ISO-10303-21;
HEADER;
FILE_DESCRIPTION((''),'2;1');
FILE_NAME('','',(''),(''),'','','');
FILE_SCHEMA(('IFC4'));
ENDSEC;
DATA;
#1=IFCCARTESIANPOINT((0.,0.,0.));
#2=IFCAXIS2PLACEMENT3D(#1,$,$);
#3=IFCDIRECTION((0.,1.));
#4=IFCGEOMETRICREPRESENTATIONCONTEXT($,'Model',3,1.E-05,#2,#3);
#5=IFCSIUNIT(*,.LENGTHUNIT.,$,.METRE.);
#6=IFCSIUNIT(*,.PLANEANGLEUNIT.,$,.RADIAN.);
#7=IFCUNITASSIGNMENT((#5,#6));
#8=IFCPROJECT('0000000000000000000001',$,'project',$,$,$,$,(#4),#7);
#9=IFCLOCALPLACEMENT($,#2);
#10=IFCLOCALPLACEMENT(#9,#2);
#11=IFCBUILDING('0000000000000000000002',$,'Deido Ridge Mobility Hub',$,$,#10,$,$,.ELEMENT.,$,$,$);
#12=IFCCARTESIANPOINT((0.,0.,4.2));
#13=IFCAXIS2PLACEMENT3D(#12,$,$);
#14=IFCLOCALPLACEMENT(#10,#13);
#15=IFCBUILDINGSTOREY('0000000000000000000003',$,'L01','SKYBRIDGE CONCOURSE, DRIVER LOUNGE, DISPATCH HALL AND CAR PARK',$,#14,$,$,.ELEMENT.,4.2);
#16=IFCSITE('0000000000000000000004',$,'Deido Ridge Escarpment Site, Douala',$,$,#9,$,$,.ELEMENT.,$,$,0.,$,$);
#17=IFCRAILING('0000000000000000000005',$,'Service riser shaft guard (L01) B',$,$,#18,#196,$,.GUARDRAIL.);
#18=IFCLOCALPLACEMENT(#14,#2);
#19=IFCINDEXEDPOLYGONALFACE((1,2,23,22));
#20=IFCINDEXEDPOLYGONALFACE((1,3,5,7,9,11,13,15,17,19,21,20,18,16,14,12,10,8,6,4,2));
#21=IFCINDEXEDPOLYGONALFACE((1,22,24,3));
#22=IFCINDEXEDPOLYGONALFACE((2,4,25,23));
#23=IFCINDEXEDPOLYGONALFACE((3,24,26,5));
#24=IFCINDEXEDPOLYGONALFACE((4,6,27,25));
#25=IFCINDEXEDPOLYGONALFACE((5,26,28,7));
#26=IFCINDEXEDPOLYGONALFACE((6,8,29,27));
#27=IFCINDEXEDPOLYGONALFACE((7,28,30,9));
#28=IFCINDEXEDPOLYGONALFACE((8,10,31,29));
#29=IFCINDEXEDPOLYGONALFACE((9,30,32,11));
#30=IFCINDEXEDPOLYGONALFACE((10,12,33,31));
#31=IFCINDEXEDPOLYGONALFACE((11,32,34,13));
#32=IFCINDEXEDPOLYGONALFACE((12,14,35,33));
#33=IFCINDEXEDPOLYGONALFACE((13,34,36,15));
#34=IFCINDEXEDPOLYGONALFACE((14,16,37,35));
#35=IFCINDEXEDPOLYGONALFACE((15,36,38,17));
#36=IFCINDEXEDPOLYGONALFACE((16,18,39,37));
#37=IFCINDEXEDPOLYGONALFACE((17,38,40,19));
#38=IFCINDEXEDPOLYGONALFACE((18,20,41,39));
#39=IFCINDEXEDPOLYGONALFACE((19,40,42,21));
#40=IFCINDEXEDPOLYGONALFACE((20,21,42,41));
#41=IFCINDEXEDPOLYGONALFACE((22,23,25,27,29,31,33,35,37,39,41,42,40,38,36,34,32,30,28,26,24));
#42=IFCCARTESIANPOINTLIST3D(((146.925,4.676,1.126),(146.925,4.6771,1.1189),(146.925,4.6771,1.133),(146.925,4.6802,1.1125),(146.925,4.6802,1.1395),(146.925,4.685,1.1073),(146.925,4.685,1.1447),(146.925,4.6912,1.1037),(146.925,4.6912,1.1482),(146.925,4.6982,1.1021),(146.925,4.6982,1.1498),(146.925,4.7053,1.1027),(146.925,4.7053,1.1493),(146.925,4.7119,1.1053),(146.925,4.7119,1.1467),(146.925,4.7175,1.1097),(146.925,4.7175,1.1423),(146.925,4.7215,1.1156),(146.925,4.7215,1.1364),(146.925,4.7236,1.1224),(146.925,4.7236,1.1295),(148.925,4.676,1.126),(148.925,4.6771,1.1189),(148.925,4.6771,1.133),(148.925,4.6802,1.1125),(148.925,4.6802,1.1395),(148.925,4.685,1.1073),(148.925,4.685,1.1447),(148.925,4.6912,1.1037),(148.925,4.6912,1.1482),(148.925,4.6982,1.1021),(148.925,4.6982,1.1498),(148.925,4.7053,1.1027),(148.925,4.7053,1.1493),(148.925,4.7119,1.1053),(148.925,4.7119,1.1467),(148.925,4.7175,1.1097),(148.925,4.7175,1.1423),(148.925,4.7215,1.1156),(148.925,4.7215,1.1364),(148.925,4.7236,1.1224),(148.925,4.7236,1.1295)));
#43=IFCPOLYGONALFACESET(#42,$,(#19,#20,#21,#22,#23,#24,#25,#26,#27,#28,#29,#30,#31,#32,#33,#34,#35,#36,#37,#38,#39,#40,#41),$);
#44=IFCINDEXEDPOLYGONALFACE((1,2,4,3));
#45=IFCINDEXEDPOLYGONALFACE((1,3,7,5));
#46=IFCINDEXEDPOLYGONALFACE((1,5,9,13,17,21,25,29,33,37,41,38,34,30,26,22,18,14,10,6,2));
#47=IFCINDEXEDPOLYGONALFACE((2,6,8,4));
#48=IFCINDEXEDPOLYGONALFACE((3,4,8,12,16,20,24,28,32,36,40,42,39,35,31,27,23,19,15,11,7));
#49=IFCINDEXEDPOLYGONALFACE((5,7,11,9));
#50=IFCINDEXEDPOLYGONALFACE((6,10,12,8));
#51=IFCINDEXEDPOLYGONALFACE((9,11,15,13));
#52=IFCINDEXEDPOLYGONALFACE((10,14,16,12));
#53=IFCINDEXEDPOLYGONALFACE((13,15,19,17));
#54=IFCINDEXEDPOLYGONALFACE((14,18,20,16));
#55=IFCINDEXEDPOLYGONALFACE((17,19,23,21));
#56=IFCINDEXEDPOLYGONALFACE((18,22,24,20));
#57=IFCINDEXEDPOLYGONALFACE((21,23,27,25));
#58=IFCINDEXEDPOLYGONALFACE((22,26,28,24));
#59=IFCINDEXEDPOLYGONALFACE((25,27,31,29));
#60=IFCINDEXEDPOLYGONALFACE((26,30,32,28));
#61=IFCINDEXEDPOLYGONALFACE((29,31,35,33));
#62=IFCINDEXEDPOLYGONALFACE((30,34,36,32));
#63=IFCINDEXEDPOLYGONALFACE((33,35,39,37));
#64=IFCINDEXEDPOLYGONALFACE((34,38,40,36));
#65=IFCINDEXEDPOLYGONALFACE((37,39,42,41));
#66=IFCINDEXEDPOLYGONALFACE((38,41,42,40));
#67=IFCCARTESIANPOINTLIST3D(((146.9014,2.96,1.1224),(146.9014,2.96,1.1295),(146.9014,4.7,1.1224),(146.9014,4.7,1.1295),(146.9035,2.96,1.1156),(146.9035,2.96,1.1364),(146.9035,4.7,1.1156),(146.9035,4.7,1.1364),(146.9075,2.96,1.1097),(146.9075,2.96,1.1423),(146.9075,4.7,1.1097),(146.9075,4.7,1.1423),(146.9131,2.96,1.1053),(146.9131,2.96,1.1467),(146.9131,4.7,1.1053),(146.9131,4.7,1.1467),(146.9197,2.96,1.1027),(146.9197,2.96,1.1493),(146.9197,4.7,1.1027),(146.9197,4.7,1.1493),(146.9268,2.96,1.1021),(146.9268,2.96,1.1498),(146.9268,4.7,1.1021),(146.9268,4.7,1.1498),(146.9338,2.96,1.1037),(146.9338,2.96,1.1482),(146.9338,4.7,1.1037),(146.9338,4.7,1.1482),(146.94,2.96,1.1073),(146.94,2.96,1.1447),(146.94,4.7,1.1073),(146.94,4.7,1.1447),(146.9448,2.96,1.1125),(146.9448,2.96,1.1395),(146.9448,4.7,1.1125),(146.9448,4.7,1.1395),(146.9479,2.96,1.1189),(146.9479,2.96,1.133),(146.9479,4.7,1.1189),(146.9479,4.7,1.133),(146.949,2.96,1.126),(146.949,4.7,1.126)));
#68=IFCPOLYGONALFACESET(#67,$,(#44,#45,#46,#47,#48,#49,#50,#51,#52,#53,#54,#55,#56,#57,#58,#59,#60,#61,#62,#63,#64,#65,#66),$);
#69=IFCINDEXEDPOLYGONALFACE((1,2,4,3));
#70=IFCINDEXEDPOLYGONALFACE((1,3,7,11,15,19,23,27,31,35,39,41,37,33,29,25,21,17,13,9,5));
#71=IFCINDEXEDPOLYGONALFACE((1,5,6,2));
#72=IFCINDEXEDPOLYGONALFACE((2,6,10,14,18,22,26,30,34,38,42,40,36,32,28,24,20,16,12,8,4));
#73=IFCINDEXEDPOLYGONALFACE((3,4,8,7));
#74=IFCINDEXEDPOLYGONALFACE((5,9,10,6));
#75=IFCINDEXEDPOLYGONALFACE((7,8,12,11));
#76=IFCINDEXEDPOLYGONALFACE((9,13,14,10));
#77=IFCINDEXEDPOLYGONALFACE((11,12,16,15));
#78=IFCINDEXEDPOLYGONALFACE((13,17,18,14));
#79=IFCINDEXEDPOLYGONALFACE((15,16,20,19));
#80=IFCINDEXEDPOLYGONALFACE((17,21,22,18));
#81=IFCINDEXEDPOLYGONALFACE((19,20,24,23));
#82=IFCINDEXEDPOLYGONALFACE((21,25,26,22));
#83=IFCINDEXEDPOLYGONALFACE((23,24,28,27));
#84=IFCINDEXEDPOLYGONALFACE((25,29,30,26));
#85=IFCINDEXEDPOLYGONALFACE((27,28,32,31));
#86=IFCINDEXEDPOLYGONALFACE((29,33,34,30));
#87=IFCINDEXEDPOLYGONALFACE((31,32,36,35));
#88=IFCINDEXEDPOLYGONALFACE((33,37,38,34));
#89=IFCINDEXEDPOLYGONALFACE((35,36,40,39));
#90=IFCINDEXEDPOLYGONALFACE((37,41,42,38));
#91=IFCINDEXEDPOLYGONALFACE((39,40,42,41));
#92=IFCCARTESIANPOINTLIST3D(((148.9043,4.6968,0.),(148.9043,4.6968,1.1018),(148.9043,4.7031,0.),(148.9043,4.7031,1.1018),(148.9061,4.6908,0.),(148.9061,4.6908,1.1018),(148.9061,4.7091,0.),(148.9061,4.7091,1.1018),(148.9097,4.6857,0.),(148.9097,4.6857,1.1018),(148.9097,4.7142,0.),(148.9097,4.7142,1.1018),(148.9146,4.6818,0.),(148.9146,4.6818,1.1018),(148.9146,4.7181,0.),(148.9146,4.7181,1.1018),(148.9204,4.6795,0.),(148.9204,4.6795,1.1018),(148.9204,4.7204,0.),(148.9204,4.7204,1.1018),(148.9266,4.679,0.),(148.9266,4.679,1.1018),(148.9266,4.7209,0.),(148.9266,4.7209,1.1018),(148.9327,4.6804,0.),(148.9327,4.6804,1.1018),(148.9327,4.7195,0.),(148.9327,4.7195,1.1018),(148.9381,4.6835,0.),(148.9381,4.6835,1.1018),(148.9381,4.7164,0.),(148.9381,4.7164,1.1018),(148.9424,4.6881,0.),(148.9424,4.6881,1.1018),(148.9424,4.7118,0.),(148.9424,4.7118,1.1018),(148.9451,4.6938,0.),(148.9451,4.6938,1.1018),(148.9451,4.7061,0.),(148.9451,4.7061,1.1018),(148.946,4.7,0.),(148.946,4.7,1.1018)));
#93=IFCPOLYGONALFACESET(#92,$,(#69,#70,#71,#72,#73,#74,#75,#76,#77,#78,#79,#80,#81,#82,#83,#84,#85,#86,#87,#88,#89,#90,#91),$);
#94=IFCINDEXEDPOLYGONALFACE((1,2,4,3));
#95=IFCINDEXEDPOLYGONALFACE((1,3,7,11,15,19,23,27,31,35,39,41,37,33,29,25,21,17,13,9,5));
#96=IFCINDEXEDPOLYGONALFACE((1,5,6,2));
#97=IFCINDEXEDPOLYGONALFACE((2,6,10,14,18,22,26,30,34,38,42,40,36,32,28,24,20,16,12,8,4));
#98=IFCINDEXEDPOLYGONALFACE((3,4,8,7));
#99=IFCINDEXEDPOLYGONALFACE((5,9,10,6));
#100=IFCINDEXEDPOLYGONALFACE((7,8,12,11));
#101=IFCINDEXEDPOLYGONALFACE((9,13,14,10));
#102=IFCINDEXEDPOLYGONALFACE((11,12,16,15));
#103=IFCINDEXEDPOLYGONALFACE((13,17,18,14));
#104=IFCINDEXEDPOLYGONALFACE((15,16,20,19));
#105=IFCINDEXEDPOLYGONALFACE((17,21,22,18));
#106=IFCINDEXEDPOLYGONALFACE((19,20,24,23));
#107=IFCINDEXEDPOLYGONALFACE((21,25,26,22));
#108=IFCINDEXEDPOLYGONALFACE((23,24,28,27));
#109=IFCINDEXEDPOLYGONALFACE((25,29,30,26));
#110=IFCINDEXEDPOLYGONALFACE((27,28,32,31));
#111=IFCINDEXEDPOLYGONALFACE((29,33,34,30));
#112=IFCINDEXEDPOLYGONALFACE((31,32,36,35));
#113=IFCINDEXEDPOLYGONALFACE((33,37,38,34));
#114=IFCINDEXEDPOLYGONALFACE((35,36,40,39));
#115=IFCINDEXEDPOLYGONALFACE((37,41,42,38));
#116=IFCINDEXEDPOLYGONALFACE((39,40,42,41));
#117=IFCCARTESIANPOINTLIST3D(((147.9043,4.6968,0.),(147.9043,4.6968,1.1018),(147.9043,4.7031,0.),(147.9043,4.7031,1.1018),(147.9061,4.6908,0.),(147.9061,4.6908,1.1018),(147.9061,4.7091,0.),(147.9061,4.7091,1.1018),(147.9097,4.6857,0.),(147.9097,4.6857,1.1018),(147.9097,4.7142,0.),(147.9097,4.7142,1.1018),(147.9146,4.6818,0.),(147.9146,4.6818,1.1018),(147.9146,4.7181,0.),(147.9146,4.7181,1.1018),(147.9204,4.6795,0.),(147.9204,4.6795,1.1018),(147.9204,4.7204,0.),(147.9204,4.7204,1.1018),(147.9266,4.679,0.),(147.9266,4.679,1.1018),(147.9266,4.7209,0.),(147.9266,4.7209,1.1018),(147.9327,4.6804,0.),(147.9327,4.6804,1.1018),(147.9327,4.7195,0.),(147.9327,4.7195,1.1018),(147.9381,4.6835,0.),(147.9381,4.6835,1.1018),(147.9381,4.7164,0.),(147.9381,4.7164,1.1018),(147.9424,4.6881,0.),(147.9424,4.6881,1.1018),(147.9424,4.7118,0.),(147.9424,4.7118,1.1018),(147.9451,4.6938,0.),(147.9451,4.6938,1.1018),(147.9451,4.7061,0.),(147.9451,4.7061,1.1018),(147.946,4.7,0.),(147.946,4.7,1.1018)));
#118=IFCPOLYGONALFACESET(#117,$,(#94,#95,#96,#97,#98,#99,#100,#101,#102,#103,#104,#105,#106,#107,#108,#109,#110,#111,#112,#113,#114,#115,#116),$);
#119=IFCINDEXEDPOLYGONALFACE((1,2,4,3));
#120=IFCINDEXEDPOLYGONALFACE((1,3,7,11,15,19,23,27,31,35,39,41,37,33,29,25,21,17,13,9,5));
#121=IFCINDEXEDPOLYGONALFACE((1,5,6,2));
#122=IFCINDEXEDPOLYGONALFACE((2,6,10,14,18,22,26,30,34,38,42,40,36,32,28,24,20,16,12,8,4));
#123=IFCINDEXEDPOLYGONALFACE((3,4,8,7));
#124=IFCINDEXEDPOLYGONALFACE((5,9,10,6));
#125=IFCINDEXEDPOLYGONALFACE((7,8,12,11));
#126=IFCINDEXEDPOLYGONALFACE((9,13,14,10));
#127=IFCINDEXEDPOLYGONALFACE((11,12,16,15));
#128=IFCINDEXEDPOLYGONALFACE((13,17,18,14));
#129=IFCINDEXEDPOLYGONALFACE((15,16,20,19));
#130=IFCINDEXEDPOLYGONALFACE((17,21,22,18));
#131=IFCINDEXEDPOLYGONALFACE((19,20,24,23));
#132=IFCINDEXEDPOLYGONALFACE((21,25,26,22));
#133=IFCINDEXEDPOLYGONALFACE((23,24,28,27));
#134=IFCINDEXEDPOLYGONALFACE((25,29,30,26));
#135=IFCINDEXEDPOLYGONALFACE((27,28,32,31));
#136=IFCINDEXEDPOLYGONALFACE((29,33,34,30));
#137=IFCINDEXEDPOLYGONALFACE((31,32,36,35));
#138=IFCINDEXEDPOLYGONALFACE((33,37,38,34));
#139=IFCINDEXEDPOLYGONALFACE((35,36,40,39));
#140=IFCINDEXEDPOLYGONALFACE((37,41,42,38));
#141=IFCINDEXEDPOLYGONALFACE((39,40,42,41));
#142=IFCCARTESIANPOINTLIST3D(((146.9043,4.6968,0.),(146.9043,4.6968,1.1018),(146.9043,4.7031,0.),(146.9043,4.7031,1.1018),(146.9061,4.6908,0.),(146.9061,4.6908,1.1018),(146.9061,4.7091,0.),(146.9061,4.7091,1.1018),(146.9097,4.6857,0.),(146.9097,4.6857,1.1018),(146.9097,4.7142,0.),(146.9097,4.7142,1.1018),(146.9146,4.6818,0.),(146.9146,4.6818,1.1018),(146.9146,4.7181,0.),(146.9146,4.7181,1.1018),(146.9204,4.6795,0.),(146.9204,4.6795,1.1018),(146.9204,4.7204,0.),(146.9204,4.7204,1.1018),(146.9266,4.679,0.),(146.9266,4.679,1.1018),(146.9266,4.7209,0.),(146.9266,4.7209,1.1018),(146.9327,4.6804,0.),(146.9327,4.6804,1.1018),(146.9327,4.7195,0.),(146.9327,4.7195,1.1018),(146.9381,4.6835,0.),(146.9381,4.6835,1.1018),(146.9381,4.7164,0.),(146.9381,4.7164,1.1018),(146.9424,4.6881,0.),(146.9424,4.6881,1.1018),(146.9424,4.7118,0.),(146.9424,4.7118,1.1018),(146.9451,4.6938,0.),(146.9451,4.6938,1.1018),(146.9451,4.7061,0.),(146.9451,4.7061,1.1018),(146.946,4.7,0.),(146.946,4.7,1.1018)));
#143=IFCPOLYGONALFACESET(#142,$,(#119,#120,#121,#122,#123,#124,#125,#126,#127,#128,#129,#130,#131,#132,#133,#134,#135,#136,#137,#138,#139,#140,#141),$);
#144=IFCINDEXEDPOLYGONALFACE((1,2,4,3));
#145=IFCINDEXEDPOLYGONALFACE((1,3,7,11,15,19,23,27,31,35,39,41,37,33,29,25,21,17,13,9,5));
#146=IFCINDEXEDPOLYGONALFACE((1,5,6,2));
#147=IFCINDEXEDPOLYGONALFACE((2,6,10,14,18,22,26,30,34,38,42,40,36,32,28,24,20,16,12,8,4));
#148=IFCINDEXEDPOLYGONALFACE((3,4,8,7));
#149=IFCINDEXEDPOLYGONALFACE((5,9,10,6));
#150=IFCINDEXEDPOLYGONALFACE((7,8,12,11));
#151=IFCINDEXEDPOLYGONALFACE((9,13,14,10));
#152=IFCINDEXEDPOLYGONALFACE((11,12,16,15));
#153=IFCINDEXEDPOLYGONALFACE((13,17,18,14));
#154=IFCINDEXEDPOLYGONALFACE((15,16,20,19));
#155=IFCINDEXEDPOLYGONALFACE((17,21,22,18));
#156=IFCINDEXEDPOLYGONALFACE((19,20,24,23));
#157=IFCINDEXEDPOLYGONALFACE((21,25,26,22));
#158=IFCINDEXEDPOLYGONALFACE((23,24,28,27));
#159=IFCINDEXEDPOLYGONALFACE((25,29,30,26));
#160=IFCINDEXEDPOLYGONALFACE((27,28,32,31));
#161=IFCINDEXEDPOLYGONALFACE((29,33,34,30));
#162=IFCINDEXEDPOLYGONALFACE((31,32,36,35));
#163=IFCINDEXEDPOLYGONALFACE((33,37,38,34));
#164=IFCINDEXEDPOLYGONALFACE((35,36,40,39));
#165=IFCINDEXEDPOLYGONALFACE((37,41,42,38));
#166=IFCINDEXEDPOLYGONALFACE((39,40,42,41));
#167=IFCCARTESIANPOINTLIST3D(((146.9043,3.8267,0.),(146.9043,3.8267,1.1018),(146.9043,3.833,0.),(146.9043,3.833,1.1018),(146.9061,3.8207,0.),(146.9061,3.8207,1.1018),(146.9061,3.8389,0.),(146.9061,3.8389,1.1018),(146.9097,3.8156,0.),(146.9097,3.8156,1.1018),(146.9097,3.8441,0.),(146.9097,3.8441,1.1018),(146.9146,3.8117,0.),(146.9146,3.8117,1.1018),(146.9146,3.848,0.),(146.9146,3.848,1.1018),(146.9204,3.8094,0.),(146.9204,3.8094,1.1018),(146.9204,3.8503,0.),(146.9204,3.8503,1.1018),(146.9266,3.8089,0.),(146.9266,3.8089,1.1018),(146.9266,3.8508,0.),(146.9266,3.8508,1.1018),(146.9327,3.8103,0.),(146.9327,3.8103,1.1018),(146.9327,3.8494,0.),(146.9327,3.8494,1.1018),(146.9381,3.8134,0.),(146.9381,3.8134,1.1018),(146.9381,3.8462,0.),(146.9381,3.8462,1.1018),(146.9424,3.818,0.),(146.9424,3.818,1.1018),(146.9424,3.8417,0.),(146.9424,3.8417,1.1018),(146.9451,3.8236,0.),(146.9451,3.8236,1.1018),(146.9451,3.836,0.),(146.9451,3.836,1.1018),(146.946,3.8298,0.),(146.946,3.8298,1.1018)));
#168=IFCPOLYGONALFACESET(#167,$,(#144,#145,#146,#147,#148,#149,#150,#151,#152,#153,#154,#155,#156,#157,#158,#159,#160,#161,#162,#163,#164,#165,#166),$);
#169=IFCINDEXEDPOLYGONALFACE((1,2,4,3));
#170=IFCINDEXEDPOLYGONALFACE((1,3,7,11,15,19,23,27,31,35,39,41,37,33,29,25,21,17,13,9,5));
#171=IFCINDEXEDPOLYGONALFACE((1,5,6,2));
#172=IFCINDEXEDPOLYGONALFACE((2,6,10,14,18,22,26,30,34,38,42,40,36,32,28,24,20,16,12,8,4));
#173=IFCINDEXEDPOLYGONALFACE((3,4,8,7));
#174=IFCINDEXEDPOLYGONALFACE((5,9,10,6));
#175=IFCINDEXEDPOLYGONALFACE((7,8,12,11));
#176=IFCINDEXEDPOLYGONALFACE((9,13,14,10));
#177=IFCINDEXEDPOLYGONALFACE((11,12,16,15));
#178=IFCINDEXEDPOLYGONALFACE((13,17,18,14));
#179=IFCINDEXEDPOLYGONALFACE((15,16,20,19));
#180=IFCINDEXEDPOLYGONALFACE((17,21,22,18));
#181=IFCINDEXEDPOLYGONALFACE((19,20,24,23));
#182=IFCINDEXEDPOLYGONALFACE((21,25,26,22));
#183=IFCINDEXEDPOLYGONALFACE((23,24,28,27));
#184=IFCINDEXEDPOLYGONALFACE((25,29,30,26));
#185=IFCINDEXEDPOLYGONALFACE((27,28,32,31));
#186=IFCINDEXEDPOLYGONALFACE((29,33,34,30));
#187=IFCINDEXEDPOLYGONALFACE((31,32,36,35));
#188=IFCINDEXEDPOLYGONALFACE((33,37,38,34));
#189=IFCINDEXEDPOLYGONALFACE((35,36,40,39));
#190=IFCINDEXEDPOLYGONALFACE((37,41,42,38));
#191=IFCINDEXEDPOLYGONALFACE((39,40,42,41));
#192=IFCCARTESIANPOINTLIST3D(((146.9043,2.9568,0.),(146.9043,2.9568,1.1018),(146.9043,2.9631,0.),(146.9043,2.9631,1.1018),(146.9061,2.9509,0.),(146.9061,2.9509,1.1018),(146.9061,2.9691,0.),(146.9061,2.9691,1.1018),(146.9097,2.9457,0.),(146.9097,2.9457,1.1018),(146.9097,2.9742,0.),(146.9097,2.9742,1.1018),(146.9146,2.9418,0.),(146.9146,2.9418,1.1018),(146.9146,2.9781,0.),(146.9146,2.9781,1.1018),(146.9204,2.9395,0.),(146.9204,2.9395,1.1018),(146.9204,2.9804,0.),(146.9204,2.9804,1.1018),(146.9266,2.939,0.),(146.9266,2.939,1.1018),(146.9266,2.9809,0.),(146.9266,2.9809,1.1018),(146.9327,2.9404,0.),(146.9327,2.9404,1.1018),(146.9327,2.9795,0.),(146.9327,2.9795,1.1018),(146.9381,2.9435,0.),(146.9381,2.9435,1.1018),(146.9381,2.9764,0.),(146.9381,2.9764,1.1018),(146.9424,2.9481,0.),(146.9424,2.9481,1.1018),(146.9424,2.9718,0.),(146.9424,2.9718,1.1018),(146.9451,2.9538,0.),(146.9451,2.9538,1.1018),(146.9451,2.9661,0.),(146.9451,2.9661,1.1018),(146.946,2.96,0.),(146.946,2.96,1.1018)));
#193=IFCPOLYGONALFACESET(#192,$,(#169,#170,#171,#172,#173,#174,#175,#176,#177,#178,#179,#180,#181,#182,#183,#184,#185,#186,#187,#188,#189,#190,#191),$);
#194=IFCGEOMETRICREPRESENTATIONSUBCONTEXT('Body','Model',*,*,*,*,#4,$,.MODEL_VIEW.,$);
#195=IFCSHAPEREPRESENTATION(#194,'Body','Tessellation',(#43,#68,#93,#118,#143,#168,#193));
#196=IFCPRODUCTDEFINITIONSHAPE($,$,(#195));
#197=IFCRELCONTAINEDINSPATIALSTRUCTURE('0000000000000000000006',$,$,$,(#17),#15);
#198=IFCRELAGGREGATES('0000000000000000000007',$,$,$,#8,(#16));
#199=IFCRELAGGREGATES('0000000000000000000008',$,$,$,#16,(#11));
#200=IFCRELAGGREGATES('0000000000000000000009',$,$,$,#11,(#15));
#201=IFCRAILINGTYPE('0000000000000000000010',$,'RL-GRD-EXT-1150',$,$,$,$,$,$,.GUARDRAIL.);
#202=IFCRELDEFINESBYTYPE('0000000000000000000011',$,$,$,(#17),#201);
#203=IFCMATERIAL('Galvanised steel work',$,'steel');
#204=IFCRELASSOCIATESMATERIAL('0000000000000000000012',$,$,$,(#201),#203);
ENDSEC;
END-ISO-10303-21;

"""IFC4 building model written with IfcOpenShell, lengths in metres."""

from ifc_helpers import new_model, si_unit, direction, frame, origin, origin_2d, place, context, subcontext, project, spatial, circle, extrude, material, type_object, element, save


model = new_model("IFC4")

# Units and contexts
model_context = context("Model", 3, precision=1e-05, world=origin(), true_north=direction((0.0, 1.0)))
body_context = subcontext(model_context, "Body", "Model", "MODEL_VIEW")
ifc_project = project(units=[si_unit("LENGTHUNIT", "METRE"), si_unit("PLANEANGLEUNIT", "RADIAN")], contexts=[model_context])

# Site, building, storey
site_placement = place(None, origin())
site = spatial("IfcSite", under=ifc_project, at=site_placement, Name="Deido Ridge Escarpment Site, Douala", CompositionType="ELEMENT", RefElevation=0.0)
building_placement = place(site_placement, origin())
building = spatial("IfcBuilding", under=site, at=building_placement, Name="Deido Ridge Mobility Hub", CompositionType="ELEMENT")
storey_placement = place(building_placement, frame((0.0, 0.0, 4.2)))
storey = spatial("IfcBuildingStorey", under=building, at=storey_placement, Name="L01", Description="SKYBRIDGE CONCOURSE, DRIVER LOUNGE, DISPATCH HALL AND CAR PARK", CompositionType="ELEMENT", Elevation=4.2)

# Railing
ifc_material_1 = material(Name="Galvanised steel work", Category="steel")
railing_type = type_object("IfcRailingType", Name="RL-GRD-EXT-1150", PredefinedType="GUARDRAIL", material=ifc_material_1)
railing_1_placement = place(storey_placement, frame((148.925, 4.7, 0.0)))
element("IfcRailing", 1, at=railing_1_placement, inside=storey, type_object=railing_type, Name="Service riser shaft guard (L01) B", PredefinedType="GUARDRAIL", context=body_context, shape_type="SweptSolid", body=[
    extrude(circle(Radius=0.0239, at=origin_2d()), frame((0.0, 0.0, 1.126), z_axis=(-1.0, 0.0, 0.0), x_axis=(0.0, -1.0, 0.0)), (0.0, 0.0, 1.0), 2.0),
    extrude(circle(Radius=0.0239, at=origin_2d()), frame((-2.0, 0.0, 1.126), z_axis=(0.0, -1.0, 0.0), x_axis=(1.0, 0.0, 0.0)), (0.0, 0.0, 1.0), 1.74),
    extrude(circle(Radius=0.021, at=origin_2d()), origin(), (0.0, 0.0, 1.0), 1.1018),
    extrude(circle(Radius=0.021, at=origin_2d()), frame((-1.0, 0.0, 0.0)), (0.0, 0.0, 1.0), 1.1018),
    extrude(circle(Radius=0.021, at=origin_2d()), frame((-2.0, 0.0, 0.0)), (0.0, 0.0, 1.0), 1.1018),
    extrude(circle(Radius=0.021, at=origin_2d()), frame((-2.0, -0.8701, 0.0)), (0.0, 0.0, 1.0), 1.1018),
    extrude(circle(Radius=0.021, at=origin_2d()), frame((-2.0, -1.74, 0.0)), (0.0, 0.0, 1.0), 1.1018),
])

save(model, "model.ifc")
